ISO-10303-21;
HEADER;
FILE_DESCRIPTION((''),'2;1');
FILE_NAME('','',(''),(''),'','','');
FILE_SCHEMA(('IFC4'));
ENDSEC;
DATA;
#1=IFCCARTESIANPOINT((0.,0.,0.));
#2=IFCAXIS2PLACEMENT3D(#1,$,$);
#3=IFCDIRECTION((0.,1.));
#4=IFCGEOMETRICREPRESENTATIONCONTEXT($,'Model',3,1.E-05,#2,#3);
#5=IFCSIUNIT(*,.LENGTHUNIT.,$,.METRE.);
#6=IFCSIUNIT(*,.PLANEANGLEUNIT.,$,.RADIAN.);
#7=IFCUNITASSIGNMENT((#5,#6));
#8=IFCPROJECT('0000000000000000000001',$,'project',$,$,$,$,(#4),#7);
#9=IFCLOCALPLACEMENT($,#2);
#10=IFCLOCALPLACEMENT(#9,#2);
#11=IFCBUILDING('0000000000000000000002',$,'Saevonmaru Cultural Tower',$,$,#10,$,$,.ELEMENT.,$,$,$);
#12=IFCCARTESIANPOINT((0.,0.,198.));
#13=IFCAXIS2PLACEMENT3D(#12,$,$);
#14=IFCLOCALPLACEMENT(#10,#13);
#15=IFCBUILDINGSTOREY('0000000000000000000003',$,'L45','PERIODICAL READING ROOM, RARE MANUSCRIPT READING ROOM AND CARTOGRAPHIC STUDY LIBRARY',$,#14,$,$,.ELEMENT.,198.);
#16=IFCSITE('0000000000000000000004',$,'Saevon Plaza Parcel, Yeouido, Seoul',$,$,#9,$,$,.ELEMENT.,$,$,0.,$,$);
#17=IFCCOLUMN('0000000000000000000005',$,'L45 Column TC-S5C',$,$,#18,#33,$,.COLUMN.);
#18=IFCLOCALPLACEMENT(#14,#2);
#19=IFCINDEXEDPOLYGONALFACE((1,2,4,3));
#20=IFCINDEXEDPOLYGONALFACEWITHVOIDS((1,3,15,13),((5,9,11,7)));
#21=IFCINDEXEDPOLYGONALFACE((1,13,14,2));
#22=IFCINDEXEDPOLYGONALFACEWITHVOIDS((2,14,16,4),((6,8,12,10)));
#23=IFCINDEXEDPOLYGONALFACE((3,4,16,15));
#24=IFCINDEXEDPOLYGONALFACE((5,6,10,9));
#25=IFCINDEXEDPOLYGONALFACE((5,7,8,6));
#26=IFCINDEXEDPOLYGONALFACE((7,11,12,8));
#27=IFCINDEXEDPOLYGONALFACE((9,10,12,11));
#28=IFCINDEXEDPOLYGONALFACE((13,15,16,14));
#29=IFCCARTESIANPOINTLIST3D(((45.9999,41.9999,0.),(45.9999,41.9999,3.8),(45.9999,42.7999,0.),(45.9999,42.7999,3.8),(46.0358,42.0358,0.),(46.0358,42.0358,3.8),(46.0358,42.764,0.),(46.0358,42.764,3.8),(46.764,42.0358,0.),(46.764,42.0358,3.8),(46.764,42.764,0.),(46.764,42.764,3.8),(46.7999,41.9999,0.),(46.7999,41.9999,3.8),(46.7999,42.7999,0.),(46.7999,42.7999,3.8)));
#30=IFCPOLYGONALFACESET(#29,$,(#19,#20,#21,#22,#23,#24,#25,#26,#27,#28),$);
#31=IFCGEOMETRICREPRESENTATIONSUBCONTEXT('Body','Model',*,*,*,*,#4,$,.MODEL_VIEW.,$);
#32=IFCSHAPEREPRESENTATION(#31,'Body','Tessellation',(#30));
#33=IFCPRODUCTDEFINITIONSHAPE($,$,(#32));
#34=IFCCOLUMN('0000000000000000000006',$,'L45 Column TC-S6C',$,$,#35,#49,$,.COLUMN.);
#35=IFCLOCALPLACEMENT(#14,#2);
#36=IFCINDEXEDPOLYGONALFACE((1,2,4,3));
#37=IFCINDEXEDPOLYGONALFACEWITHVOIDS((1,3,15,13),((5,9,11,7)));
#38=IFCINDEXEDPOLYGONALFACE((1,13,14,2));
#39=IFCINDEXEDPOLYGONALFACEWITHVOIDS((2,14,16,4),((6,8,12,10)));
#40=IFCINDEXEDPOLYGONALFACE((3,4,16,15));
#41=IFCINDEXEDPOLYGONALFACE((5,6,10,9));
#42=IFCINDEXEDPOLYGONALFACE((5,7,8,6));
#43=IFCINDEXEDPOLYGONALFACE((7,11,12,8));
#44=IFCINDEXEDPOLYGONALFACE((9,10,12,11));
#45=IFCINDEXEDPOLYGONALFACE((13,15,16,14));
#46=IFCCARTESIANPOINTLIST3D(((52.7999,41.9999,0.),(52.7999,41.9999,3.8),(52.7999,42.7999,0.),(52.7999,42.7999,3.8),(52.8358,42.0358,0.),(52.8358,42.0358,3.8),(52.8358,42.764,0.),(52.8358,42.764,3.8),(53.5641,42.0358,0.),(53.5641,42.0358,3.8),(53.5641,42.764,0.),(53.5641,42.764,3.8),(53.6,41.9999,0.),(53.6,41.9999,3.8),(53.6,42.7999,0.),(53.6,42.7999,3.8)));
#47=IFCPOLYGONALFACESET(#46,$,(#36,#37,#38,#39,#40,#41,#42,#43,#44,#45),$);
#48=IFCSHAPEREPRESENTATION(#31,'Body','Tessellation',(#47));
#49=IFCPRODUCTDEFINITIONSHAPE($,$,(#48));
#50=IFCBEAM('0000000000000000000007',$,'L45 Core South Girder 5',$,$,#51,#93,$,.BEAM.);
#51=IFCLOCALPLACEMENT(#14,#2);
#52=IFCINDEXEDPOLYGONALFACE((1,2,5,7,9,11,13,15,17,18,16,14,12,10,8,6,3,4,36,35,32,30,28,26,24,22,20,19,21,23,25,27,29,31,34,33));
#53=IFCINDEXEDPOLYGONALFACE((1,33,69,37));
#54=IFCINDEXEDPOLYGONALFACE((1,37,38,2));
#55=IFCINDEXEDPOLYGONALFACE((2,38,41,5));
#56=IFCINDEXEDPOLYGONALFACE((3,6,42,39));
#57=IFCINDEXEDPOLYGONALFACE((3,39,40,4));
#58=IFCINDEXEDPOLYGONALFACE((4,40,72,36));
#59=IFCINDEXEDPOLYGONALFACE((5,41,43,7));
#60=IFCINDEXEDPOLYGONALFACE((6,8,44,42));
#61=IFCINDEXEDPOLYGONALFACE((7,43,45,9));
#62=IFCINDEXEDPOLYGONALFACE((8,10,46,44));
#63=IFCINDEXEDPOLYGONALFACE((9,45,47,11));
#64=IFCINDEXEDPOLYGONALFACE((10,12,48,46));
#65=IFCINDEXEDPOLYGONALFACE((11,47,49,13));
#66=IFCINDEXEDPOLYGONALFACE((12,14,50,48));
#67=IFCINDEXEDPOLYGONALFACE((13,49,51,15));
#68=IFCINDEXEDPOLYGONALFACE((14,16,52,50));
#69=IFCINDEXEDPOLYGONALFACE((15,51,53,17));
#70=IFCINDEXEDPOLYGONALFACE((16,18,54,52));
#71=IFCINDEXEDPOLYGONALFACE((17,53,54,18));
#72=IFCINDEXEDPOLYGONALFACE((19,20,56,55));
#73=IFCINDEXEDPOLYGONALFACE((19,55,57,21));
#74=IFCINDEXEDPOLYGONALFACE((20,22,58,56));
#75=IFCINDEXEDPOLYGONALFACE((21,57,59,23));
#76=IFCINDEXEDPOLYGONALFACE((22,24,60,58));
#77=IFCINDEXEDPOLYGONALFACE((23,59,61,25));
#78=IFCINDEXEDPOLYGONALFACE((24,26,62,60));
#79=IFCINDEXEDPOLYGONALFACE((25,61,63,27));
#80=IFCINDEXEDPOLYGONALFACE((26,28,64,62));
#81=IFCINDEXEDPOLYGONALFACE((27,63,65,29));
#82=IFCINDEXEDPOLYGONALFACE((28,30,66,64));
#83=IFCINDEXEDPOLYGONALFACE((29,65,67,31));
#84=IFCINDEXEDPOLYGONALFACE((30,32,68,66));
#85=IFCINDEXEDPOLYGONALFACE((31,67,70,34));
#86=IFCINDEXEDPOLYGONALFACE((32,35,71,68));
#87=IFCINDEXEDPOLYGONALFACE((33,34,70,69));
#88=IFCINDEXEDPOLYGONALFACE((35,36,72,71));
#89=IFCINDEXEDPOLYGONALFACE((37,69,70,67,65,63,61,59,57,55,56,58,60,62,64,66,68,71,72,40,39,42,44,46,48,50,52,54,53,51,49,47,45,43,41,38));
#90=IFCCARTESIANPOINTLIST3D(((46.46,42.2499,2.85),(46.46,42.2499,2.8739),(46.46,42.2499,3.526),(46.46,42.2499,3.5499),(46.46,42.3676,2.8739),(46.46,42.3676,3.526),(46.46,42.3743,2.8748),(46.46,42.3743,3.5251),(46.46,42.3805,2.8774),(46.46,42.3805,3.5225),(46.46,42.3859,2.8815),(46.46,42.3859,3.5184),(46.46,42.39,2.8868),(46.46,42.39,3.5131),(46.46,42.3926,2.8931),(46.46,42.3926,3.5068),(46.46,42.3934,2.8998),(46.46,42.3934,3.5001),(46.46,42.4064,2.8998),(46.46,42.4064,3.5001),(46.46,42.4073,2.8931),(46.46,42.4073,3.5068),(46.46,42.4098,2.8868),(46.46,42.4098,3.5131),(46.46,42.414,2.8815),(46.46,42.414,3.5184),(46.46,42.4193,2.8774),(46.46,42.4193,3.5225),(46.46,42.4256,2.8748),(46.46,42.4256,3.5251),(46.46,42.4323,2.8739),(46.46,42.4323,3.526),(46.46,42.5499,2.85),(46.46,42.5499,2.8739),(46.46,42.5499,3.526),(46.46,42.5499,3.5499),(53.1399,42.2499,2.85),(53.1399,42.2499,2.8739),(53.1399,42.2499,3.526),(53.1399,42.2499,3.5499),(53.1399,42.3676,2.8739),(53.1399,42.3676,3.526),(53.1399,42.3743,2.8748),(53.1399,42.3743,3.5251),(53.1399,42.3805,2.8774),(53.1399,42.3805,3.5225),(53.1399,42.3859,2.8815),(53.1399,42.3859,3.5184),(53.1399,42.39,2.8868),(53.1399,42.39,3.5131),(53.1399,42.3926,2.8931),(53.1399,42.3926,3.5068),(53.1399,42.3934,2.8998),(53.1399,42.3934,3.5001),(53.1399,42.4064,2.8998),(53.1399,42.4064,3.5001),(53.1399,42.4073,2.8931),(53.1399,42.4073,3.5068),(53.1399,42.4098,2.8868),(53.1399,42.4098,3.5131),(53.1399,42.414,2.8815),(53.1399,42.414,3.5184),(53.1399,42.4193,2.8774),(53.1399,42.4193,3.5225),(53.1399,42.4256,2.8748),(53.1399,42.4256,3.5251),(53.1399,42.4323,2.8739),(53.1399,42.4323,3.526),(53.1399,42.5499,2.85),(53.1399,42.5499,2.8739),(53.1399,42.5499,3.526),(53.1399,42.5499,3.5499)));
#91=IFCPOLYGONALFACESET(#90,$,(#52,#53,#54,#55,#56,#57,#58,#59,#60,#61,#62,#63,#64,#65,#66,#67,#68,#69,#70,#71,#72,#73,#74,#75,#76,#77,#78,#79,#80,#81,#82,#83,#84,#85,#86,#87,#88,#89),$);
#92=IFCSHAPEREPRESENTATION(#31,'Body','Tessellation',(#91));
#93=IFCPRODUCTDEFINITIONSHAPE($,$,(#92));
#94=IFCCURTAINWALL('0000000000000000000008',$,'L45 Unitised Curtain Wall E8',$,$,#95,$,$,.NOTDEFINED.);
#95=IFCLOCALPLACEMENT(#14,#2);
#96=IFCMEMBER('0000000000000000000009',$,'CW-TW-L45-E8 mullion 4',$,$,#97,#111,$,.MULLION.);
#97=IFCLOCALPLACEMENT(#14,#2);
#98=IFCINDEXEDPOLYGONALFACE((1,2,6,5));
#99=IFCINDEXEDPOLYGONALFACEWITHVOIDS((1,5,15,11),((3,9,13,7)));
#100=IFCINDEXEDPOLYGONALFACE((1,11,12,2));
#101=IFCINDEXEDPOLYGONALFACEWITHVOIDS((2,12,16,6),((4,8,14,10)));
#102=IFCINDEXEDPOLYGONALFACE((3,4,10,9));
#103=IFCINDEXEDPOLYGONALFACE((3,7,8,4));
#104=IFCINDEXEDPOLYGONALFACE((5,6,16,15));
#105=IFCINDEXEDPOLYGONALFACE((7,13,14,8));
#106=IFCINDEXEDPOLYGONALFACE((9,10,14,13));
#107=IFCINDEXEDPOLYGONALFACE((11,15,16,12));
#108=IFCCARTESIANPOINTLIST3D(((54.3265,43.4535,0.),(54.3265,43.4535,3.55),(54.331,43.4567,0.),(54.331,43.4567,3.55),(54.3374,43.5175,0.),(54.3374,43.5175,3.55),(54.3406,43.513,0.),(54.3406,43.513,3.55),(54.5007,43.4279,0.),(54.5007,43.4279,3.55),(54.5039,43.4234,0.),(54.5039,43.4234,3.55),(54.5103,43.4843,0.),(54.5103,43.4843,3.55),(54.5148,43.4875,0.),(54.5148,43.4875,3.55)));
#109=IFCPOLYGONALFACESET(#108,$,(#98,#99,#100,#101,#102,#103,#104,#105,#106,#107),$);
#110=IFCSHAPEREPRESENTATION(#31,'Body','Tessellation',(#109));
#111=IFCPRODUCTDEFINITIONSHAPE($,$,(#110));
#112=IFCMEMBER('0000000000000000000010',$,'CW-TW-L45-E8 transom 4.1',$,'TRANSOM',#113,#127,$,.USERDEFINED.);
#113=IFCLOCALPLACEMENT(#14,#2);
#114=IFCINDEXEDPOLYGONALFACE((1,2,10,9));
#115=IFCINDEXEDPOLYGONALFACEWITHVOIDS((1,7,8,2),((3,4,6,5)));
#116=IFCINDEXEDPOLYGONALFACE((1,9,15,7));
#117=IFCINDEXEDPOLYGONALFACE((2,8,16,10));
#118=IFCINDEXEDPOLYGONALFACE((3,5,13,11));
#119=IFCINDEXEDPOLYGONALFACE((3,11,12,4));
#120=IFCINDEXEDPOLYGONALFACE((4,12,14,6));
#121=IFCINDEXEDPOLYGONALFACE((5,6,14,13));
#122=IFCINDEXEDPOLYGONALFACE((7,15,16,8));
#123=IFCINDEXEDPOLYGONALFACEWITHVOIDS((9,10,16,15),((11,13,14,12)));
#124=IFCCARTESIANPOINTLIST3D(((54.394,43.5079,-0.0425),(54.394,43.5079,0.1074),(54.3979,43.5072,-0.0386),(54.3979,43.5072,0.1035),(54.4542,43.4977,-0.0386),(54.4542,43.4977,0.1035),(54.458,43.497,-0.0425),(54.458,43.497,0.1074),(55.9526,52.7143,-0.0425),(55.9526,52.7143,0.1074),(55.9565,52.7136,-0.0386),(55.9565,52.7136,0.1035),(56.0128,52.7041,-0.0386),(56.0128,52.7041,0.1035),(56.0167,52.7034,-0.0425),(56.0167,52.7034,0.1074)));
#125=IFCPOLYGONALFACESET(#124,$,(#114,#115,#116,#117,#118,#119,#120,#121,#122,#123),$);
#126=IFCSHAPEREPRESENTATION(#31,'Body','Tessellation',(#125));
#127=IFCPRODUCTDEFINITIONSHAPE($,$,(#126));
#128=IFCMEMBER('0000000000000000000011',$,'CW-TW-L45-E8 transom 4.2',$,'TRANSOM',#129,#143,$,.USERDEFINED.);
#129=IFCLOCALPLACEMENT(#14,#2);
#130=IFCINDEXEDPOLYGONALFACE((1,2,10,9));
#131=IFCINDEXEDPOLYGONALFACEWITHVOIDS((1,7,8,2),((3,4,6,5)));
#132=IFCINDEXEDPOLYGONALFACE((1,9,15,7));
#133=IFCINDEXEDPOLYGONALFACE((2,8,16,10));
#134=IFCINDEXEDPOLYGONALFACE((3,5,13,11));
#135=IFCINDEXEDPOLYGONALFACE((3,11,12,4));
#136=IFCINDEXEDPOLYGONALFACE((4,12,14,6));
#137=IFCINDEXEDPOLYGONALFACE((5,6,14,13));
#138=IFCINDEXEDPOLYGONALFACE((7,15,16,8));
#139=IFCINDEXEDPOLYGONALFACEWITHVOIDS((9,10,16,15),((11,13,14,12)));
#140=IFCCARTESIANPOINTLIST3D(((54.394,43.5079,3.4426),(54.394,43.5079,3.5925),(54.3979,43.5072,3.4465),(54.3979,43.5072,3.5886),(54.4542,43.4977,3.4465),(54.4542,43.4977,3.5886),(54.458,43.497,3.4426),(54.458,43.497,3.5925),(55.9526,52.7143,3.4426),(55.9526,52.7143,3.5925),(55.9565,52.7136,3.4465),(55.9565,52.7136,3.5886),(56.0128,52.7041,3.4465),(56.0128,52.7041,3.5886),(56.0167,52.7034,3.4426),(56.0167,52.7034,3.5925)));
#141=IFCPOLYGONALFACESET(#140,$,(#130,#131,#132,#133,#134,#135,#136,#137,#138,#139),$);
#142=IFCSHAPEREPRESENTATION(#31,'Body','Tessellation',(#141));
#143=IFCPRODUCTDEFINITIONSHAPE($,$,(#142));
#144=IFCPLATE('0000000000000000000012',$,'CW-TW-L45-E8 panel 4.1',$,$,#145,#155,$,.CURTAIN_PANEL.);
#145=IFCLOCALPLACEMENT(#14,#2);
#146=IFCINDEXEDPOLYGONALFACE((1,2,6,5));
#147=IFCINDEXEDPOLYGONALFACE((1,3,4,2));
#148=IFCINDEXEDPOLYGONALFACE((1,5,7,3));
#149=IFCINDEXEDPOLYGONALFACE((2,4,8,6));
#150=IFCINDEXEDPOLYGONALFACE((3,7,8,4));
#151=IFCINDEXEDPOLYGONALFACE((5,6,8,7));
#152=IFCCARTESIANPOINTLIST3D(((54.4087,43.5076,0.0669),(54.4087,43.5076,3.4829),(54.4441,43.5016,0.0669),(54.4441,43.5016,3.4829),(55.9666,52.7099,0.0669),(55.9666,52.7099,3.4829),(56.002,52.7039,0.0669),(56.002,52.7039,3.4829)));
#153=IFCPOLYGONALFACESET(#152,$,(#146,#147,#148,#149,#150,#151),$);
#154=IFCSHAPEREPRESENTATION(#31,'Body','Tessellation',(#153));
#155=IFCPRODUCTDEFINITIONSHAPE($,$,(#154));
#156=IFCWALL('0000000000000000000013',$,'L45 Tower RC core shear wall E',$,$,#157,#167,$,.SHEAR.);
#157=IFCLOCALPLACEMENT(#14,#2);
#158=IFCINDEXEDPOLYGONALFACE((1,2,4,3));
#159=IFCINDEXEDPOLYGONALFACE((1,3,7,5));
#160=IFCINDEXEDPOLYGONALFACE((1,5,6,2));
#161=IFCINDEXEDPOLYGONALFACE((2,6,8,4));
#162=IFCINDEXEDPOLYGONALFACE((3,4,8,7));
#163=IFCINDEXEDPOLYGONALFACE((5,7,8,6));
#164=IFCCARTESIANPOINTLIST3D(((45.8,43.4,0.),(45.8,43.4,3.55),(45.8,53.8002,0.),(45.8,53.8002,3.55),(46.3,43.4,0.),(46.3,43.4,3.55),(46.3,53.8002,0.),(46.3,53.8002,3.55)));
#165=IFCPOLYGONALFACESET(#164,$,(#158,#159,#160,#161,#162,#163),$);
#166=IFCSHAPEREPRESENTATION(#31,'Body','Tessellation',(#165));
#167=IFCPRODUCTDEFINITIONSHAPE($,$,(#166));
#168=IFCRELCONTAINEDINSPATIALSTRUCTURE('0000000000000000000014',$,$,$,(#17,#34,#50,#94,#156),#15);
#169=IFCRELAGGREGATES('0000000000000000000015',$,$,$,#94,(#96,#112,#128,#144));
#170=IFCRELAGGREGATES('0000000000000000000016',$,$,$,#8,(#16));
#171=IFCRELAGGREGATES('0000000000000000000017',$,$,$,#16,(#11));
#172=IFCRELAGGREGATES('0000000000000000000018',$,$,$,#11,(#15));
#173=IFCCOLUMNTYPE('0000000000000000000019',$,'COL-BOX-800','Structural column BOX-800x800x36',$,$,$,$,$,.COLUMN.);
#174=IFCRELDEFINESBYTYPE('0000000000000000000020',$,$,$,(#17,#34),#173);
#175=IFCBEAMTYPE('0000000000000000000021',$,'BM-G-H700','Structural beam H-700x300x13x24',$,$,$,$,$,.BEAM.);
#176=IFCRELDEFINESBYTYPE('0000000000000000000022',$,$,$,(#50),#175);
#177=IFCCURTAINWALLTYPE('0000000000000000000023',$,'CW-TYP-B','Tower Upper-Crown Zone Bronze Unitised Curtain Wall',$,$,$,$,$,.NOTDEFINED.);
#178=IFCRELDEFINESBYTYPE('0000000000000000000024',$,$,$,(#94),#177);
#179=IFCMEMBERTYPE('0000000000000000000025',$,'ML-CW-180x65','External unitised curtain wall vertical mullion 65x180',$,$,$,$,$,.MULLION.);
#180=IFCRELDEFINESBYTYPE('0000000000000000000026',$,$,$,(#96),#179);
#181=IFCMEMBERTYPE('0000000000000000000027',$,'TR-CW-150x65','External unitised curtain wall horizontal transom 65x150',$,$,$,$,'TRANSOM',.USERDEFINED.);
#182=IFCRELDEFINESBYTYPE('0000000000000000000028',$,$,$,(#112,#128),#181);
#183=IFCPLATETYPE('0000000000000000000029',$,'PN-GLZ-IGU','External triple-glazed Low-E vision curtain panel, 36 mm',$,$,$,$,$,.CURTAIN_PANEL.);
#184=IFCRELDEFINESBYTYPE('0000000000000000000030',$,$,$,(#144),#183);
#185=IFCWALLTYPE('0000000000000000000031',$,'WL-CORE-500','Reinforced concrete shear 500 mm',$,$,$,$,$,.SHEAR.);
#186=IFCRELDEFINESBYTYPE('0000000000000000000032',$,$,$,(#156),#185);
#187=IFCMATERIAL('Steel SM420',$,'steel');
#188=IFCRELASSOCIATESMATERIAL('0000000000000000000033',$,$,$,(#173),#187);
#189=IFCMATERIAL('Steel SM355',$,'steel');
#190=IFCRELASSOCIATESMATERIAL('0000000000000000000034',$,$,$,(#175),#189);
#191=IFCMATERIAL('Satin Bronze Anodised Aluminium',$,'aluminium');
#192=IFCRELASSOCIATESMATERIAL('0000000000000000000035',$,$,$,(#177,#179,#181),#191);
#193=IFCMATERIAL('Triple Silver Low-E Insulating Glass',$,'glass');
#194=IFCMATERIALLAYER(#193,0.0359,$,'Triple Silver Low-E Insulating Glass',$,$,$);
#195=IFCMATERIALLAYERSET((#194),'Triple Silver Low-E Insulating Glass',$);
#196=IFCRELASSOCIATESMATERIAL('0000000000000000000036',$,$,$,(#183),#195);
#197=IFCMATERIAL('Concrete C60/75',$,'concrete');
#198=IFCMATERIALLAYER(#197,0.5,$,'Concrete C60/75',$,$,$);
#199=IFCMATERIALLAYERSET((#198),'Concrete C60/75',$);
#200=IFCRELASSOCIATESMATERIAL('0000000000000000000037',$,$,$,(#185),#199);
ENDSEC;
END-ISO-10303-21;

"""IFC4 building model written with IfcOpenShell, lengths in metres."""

from ifc_helpers import new_model, si_unit, direction, frame, frame_2d, origin, origin_2d, place, context, subcontext, project, spatial, rectangle, hollow_rectangle, i_section, extrude, material, layer, layer_set, material_profile, profile_set, type_object, element, aggregate, save


model = new_model("IFC4")

# Units and contexts
model_context = context("Model", 3, precision=1e-05, world=origin(), true_north=direction((0.0, 1.0)))
body_context = subcontext(model_context, "Body", "Model", "MODEL_VIEW")
ifc_project = project(units=[si_unit("LENGTHUNIT", "METRE"), si_unit("PLANEANGLEUNIT", "RADIAN")], contexts=[model_context])

# Site, building, storey
site_placement = place(None, origin())
site = spatial("IfcSite", under=ifc_project, at=site_placement, Name="Saevon Plaza Parcel, Yeouido, Seoul", CompositionType="ELEMENT", RefElevation=0.0)
building_placement = place(site_placement, origin())
building = spatial("IfcBuilding", under=site, at=building_placement, Name="Saevonmaru Cultural Tower", CompositionType="ELEMENT")
storey_placement = place(building_placement, frame((0.0, 0.0, 198.0)))
storey = spatial("IfcBuildingStorey", under=building, at=storey_placement, Name="L45", Description="PERIODICAL READING ROOM, RARE MANUSCRIPT READING ROOM AND CARTOGRAPHIC STUDY LIBRARY", CompositionType="ELEMENT", Elevation=198.0)

# Columns
ifc_material_1 = material(Name="Steel SM420", Category="steel")
ifc_material_profile_1 = material_profile(ifc_material_1, hollow_rectangle(XDim=0.8, YDim=0.8, WallThickness=0.0359, at=origin_2d()), Name="BOX-800x800x36")
ifc_profile_set_1 = profile_set([ifc_material_profile_1], Name="Steel SM420")
column_type = type_object("IfcColumnType", Name="COL-BOX-800", Description="Structural column BOX-800x800x36", PredefinedType="COLUMN", material=ifc_profile_set_1)
for number, where, z_axis, x_axis, name in (
    (1, (46.3999, 42.3999, 0.0), (0.0, 0.0, 1.0), (1.0, 0.0, 0.0), "L45 Column TC-S5C"),
    (2, (53.2, 42.3999, 0.0), (0.0, 0.0, 1.0), (1.0, 0.0, 0.0), "L45 Column TC-S6C"),
):
    element("IfcColumn", number, at=place(storey_placement, frame(where, z_axis=z_axis, x_axis=x_axis)), inside=storey, type_object=column_type, Name=name, PredefinedType="COLUMN", context=body_context, shape_type="SweptSolid", body=[
        extrude(hollow_rectangle(XDim=0.8, YDim=0.8, WallThickness=0.0359, at=origin_2d()), origin(), (0.0, 0.0, 1.0), 3.8),
    ])

# Beam
ifc_material_2 = material(Name="Steel SM355", Category="steel")
ifc_material_profile_2 = material_profile(ifc_material_2, i_section(OverallWidth=0.3, OverallDepth=0.7, WebThickness=0.0129, FlangeThickness=0.0239, FilletRadius=0.0259, at=origin_2d()), Name="H-700x300x13x24")
ifc_profile_set_2 = profile_set([ifc_material_profile_2], Name="Steel SM355")
beam_type = type_object("IfcBeamType", Name="BM-G-H700", Description="Structural beam H-700x300x13x24", PredefinedType="BEAM", material=ifc_profile_set_2)
beam_placement = place(storey_placement, frame((46.46, 42.3999, 3.2), z_axis=(1.0, 0.0, 0.0), x_axis=(0.0, 1.0, 0.0)))
element("IfcBeam", 3, at=beam_placement, inside=storey, type_object=beam_type, Name="L45 Core South Girder 5", PredefinedType="BEAM", context=body_context, shape_type="SweptSolid", body=[
    extrude(i_section(OverallWidth=0.3, OverallDepth=0.7, WebThickness=0.0129, FlangeThickness=0.0239, FilletRadius=0.0259, at=origin_2d()), origin(), (0.0, 0.0, 1.0), 6.6799),
])

# Curtain wall, members, plate
ifc_material_3 = material(Name="Satin Bronze Anodised Aluminium", Category="aluminium")
curtain_wall_type = type_object("IfcCurtainWallType", Name="CW-TYP-B", Description="Tower Upper-Crown Zone Bronze Unitised Curtain Wall", PredefinedType="NOTDEFINED", material=ifc_material_3)
curtain_wall_placement = place(storey_placement, origin())
curtain_wall = element("IfcCurtainWall", 4, at=curtain_wall_placement, inside=storey, type_object=curtain_wall_type, Name="L45 Unitised Curtain Wall E8", PredefinedType="NOTDEFINED")
ifc_material_profile_3 = material_profile(ifc_material_3, hollow_rectangle(XDim=0.0649, YDim=0.1799, WallThickness=0.0039, at=origin_2d()), Name="ALU-MULL-180x65x4")
ifc_profile_set_3 = profile_set([ifc_material_profile_3], Name="Satin Bronze Anodised Aluminium")
member_type_1 = type_object("IfcMemberType", Name="ML-CW-180x65", Description="External unitised curtain wall vertical mullion 65x180", PredefinedType="MULLION", material=ifc_profile_set_3)
member_1_placement = place(storey_placement, frame((54.4207, 43.4705, 0.0), z_axis=(0.0, 0.0, 1.0), x_axis=(0.166922, 0.98597, 0.0)))
member_1 = element("IfcMember", 5, at=member_1_placement, type_object=member_type_1, Name="CW-TW-L45-E8 mullion 4", PredefinedType="MULLION", context=body_context, shape_type="SweptSolid", body=[
    extrude(hollow_rectangle(XDim=0.0649, YDim=0.1799, WallThickness=0.0039, at=origin_2d()), origin(), (0.0, 0.0, 1.0), 3.55),
])
ifc_material_profile_4 = material_profile(ifc_material_3, hollow_rectangle(XDim=0.0649, YDim=0.1499, WallThickness=0.0039, at=origin_2d()), Name="ALU-TRAN-150x65x4")
ifc_profile_set_4 = profile_set([ifc_material_profile_4], Name="Satin Bronze Anodised Aluminium")
member_type_2 = type_object("IfcMemberType", Name="TR-CW-150x65", Description="External unitised curtain wall horizontal transom 65x150", ElementType="TRANSOM", PredefinedType="USERDEFINED", material=ifc_profile_set_4)
member_2_placement = place(storey_placement, frame((54.426, 43.5024, 0.0325), z_axis=(0.166921, 0.98597, 0.0), x_axis=(-0.98597, 0.166921, 0.0)))
member_2 = element("IfcMember", 6, at=member_2_placement, type_object=member_type_2, Name="CW-TW-L45-E8 transom 4.1", ObjectType="TRANSOM", PredefinedType="USERDEFINED", context=body_context, shape_type="SweptSolid", body=[
    extrude(hollow_rectangle(XDim=0.0649, YDim=0.1499, WallThickness=0.0039, at=origin_2d()), origin(), (0.0, 0.0, 1.0), 9.3374),
])
member_3_placement = place(storey_placement, frame((54.426, 43.5024, 3.5176), z_axis=(0.166921, 0.98597, 0.0), x_axis=(-0.98597, 0.166921, 0.0)))
member_3 = element("IfcMember", 7, at=member_3_placement, type_object=member_type_2, Name="CW-TW-L45-E8 transom 4.2", ObjectType="TRANSOM", PredefinedType="USERDEFINED", context=body_context, shape_type="SweptSolid", body=[
    extrude(hollow_rectangle(XDim=0.0649, YDim=0.1499, WallThickness=0.0039, at=origin_2d()), origin(), (0.0, 0.0, 1.0), 9.3374),
])
ifc_material_4 = material(Name="Triple Silver Low-E Insulating Glass", Category="glass")
ifc_layer_1 = layer(ifc_material_4, 0.0359, Name="Triple Silver Low-E Insulating Glass")
ifc_layer_set_1 = layer_set([ifc_layer_1], Name="Triple Silver Low-E Insulating Glass")
plate_type = type_object("IfcPlateType", Name="PN-GLZ-IGU", Description="External triple-glazed Low-E vision curtain panel, 36 mm", PredefinedType="CURTAIN_PANEL", material=ifc_layer_set_1)
plate_placement = place(storey_placement, frame((55.2053, 48.1057, 0.0669), z_axis=(0.0, 0.0, 1.0), x_axis=(0.166922, 0.98597, 0.0)))
plate = element("IfcPlate", 8, at=plate_placement, type_object=plate_type, Name="CW-TW-L45-E8 panel 4.1", PredefinedType="CURTAIN_PANEL", context=body_context, shape_type="SweptSolid", body=[
    extrude(rectangle(XDim=9.3333, YDim=0.0359, at=origin_2d()), origin(), (0.0, 0.0, 1.0), 3.416),
])
aggregate(curtain_wall, [member_1, member_2, member_3, plate])

# Wall
ifc_material_5 = material(Name="Concrete C60/75", Category="concrete")
ifc_layer_2 = layer(ifc_material_5, 0.5, Name="Concrete C60/75")
ifc_layer_set_2 = layer_set([ifc_layer_2], Name="Concrete C60/75")
wall_type_1 = type_object("IfcWallType", Name="WL-CORE-500", Description="Reinforced concrete shear 500 mm", PredefinedType="SHEAR", material=ifc_layer_set_2)
wall_1_placement = place(storey_placement, frame((46.05, 43.3999, 0.0), z_axis=(0.0, 0.0, 1.0), x_axis=(0.0, 1.0, 0.0)))
element("IfcWall", 9, at=wall_1_placement, inside=storey, type_object=wall_type_1, Name="L45 Tower RC core shear wall E", PredefinedType="SHEAR", context=body_context, shape_type="SweptSolid", body=[
    extrude(rectangle(XDim=10.4001, YDim=0.5, at=frame_2d((5.2002, 0.0))), origin(), (0.0, 0.0, 1.0), 3.55),
])

save(model, "model.ifc")
